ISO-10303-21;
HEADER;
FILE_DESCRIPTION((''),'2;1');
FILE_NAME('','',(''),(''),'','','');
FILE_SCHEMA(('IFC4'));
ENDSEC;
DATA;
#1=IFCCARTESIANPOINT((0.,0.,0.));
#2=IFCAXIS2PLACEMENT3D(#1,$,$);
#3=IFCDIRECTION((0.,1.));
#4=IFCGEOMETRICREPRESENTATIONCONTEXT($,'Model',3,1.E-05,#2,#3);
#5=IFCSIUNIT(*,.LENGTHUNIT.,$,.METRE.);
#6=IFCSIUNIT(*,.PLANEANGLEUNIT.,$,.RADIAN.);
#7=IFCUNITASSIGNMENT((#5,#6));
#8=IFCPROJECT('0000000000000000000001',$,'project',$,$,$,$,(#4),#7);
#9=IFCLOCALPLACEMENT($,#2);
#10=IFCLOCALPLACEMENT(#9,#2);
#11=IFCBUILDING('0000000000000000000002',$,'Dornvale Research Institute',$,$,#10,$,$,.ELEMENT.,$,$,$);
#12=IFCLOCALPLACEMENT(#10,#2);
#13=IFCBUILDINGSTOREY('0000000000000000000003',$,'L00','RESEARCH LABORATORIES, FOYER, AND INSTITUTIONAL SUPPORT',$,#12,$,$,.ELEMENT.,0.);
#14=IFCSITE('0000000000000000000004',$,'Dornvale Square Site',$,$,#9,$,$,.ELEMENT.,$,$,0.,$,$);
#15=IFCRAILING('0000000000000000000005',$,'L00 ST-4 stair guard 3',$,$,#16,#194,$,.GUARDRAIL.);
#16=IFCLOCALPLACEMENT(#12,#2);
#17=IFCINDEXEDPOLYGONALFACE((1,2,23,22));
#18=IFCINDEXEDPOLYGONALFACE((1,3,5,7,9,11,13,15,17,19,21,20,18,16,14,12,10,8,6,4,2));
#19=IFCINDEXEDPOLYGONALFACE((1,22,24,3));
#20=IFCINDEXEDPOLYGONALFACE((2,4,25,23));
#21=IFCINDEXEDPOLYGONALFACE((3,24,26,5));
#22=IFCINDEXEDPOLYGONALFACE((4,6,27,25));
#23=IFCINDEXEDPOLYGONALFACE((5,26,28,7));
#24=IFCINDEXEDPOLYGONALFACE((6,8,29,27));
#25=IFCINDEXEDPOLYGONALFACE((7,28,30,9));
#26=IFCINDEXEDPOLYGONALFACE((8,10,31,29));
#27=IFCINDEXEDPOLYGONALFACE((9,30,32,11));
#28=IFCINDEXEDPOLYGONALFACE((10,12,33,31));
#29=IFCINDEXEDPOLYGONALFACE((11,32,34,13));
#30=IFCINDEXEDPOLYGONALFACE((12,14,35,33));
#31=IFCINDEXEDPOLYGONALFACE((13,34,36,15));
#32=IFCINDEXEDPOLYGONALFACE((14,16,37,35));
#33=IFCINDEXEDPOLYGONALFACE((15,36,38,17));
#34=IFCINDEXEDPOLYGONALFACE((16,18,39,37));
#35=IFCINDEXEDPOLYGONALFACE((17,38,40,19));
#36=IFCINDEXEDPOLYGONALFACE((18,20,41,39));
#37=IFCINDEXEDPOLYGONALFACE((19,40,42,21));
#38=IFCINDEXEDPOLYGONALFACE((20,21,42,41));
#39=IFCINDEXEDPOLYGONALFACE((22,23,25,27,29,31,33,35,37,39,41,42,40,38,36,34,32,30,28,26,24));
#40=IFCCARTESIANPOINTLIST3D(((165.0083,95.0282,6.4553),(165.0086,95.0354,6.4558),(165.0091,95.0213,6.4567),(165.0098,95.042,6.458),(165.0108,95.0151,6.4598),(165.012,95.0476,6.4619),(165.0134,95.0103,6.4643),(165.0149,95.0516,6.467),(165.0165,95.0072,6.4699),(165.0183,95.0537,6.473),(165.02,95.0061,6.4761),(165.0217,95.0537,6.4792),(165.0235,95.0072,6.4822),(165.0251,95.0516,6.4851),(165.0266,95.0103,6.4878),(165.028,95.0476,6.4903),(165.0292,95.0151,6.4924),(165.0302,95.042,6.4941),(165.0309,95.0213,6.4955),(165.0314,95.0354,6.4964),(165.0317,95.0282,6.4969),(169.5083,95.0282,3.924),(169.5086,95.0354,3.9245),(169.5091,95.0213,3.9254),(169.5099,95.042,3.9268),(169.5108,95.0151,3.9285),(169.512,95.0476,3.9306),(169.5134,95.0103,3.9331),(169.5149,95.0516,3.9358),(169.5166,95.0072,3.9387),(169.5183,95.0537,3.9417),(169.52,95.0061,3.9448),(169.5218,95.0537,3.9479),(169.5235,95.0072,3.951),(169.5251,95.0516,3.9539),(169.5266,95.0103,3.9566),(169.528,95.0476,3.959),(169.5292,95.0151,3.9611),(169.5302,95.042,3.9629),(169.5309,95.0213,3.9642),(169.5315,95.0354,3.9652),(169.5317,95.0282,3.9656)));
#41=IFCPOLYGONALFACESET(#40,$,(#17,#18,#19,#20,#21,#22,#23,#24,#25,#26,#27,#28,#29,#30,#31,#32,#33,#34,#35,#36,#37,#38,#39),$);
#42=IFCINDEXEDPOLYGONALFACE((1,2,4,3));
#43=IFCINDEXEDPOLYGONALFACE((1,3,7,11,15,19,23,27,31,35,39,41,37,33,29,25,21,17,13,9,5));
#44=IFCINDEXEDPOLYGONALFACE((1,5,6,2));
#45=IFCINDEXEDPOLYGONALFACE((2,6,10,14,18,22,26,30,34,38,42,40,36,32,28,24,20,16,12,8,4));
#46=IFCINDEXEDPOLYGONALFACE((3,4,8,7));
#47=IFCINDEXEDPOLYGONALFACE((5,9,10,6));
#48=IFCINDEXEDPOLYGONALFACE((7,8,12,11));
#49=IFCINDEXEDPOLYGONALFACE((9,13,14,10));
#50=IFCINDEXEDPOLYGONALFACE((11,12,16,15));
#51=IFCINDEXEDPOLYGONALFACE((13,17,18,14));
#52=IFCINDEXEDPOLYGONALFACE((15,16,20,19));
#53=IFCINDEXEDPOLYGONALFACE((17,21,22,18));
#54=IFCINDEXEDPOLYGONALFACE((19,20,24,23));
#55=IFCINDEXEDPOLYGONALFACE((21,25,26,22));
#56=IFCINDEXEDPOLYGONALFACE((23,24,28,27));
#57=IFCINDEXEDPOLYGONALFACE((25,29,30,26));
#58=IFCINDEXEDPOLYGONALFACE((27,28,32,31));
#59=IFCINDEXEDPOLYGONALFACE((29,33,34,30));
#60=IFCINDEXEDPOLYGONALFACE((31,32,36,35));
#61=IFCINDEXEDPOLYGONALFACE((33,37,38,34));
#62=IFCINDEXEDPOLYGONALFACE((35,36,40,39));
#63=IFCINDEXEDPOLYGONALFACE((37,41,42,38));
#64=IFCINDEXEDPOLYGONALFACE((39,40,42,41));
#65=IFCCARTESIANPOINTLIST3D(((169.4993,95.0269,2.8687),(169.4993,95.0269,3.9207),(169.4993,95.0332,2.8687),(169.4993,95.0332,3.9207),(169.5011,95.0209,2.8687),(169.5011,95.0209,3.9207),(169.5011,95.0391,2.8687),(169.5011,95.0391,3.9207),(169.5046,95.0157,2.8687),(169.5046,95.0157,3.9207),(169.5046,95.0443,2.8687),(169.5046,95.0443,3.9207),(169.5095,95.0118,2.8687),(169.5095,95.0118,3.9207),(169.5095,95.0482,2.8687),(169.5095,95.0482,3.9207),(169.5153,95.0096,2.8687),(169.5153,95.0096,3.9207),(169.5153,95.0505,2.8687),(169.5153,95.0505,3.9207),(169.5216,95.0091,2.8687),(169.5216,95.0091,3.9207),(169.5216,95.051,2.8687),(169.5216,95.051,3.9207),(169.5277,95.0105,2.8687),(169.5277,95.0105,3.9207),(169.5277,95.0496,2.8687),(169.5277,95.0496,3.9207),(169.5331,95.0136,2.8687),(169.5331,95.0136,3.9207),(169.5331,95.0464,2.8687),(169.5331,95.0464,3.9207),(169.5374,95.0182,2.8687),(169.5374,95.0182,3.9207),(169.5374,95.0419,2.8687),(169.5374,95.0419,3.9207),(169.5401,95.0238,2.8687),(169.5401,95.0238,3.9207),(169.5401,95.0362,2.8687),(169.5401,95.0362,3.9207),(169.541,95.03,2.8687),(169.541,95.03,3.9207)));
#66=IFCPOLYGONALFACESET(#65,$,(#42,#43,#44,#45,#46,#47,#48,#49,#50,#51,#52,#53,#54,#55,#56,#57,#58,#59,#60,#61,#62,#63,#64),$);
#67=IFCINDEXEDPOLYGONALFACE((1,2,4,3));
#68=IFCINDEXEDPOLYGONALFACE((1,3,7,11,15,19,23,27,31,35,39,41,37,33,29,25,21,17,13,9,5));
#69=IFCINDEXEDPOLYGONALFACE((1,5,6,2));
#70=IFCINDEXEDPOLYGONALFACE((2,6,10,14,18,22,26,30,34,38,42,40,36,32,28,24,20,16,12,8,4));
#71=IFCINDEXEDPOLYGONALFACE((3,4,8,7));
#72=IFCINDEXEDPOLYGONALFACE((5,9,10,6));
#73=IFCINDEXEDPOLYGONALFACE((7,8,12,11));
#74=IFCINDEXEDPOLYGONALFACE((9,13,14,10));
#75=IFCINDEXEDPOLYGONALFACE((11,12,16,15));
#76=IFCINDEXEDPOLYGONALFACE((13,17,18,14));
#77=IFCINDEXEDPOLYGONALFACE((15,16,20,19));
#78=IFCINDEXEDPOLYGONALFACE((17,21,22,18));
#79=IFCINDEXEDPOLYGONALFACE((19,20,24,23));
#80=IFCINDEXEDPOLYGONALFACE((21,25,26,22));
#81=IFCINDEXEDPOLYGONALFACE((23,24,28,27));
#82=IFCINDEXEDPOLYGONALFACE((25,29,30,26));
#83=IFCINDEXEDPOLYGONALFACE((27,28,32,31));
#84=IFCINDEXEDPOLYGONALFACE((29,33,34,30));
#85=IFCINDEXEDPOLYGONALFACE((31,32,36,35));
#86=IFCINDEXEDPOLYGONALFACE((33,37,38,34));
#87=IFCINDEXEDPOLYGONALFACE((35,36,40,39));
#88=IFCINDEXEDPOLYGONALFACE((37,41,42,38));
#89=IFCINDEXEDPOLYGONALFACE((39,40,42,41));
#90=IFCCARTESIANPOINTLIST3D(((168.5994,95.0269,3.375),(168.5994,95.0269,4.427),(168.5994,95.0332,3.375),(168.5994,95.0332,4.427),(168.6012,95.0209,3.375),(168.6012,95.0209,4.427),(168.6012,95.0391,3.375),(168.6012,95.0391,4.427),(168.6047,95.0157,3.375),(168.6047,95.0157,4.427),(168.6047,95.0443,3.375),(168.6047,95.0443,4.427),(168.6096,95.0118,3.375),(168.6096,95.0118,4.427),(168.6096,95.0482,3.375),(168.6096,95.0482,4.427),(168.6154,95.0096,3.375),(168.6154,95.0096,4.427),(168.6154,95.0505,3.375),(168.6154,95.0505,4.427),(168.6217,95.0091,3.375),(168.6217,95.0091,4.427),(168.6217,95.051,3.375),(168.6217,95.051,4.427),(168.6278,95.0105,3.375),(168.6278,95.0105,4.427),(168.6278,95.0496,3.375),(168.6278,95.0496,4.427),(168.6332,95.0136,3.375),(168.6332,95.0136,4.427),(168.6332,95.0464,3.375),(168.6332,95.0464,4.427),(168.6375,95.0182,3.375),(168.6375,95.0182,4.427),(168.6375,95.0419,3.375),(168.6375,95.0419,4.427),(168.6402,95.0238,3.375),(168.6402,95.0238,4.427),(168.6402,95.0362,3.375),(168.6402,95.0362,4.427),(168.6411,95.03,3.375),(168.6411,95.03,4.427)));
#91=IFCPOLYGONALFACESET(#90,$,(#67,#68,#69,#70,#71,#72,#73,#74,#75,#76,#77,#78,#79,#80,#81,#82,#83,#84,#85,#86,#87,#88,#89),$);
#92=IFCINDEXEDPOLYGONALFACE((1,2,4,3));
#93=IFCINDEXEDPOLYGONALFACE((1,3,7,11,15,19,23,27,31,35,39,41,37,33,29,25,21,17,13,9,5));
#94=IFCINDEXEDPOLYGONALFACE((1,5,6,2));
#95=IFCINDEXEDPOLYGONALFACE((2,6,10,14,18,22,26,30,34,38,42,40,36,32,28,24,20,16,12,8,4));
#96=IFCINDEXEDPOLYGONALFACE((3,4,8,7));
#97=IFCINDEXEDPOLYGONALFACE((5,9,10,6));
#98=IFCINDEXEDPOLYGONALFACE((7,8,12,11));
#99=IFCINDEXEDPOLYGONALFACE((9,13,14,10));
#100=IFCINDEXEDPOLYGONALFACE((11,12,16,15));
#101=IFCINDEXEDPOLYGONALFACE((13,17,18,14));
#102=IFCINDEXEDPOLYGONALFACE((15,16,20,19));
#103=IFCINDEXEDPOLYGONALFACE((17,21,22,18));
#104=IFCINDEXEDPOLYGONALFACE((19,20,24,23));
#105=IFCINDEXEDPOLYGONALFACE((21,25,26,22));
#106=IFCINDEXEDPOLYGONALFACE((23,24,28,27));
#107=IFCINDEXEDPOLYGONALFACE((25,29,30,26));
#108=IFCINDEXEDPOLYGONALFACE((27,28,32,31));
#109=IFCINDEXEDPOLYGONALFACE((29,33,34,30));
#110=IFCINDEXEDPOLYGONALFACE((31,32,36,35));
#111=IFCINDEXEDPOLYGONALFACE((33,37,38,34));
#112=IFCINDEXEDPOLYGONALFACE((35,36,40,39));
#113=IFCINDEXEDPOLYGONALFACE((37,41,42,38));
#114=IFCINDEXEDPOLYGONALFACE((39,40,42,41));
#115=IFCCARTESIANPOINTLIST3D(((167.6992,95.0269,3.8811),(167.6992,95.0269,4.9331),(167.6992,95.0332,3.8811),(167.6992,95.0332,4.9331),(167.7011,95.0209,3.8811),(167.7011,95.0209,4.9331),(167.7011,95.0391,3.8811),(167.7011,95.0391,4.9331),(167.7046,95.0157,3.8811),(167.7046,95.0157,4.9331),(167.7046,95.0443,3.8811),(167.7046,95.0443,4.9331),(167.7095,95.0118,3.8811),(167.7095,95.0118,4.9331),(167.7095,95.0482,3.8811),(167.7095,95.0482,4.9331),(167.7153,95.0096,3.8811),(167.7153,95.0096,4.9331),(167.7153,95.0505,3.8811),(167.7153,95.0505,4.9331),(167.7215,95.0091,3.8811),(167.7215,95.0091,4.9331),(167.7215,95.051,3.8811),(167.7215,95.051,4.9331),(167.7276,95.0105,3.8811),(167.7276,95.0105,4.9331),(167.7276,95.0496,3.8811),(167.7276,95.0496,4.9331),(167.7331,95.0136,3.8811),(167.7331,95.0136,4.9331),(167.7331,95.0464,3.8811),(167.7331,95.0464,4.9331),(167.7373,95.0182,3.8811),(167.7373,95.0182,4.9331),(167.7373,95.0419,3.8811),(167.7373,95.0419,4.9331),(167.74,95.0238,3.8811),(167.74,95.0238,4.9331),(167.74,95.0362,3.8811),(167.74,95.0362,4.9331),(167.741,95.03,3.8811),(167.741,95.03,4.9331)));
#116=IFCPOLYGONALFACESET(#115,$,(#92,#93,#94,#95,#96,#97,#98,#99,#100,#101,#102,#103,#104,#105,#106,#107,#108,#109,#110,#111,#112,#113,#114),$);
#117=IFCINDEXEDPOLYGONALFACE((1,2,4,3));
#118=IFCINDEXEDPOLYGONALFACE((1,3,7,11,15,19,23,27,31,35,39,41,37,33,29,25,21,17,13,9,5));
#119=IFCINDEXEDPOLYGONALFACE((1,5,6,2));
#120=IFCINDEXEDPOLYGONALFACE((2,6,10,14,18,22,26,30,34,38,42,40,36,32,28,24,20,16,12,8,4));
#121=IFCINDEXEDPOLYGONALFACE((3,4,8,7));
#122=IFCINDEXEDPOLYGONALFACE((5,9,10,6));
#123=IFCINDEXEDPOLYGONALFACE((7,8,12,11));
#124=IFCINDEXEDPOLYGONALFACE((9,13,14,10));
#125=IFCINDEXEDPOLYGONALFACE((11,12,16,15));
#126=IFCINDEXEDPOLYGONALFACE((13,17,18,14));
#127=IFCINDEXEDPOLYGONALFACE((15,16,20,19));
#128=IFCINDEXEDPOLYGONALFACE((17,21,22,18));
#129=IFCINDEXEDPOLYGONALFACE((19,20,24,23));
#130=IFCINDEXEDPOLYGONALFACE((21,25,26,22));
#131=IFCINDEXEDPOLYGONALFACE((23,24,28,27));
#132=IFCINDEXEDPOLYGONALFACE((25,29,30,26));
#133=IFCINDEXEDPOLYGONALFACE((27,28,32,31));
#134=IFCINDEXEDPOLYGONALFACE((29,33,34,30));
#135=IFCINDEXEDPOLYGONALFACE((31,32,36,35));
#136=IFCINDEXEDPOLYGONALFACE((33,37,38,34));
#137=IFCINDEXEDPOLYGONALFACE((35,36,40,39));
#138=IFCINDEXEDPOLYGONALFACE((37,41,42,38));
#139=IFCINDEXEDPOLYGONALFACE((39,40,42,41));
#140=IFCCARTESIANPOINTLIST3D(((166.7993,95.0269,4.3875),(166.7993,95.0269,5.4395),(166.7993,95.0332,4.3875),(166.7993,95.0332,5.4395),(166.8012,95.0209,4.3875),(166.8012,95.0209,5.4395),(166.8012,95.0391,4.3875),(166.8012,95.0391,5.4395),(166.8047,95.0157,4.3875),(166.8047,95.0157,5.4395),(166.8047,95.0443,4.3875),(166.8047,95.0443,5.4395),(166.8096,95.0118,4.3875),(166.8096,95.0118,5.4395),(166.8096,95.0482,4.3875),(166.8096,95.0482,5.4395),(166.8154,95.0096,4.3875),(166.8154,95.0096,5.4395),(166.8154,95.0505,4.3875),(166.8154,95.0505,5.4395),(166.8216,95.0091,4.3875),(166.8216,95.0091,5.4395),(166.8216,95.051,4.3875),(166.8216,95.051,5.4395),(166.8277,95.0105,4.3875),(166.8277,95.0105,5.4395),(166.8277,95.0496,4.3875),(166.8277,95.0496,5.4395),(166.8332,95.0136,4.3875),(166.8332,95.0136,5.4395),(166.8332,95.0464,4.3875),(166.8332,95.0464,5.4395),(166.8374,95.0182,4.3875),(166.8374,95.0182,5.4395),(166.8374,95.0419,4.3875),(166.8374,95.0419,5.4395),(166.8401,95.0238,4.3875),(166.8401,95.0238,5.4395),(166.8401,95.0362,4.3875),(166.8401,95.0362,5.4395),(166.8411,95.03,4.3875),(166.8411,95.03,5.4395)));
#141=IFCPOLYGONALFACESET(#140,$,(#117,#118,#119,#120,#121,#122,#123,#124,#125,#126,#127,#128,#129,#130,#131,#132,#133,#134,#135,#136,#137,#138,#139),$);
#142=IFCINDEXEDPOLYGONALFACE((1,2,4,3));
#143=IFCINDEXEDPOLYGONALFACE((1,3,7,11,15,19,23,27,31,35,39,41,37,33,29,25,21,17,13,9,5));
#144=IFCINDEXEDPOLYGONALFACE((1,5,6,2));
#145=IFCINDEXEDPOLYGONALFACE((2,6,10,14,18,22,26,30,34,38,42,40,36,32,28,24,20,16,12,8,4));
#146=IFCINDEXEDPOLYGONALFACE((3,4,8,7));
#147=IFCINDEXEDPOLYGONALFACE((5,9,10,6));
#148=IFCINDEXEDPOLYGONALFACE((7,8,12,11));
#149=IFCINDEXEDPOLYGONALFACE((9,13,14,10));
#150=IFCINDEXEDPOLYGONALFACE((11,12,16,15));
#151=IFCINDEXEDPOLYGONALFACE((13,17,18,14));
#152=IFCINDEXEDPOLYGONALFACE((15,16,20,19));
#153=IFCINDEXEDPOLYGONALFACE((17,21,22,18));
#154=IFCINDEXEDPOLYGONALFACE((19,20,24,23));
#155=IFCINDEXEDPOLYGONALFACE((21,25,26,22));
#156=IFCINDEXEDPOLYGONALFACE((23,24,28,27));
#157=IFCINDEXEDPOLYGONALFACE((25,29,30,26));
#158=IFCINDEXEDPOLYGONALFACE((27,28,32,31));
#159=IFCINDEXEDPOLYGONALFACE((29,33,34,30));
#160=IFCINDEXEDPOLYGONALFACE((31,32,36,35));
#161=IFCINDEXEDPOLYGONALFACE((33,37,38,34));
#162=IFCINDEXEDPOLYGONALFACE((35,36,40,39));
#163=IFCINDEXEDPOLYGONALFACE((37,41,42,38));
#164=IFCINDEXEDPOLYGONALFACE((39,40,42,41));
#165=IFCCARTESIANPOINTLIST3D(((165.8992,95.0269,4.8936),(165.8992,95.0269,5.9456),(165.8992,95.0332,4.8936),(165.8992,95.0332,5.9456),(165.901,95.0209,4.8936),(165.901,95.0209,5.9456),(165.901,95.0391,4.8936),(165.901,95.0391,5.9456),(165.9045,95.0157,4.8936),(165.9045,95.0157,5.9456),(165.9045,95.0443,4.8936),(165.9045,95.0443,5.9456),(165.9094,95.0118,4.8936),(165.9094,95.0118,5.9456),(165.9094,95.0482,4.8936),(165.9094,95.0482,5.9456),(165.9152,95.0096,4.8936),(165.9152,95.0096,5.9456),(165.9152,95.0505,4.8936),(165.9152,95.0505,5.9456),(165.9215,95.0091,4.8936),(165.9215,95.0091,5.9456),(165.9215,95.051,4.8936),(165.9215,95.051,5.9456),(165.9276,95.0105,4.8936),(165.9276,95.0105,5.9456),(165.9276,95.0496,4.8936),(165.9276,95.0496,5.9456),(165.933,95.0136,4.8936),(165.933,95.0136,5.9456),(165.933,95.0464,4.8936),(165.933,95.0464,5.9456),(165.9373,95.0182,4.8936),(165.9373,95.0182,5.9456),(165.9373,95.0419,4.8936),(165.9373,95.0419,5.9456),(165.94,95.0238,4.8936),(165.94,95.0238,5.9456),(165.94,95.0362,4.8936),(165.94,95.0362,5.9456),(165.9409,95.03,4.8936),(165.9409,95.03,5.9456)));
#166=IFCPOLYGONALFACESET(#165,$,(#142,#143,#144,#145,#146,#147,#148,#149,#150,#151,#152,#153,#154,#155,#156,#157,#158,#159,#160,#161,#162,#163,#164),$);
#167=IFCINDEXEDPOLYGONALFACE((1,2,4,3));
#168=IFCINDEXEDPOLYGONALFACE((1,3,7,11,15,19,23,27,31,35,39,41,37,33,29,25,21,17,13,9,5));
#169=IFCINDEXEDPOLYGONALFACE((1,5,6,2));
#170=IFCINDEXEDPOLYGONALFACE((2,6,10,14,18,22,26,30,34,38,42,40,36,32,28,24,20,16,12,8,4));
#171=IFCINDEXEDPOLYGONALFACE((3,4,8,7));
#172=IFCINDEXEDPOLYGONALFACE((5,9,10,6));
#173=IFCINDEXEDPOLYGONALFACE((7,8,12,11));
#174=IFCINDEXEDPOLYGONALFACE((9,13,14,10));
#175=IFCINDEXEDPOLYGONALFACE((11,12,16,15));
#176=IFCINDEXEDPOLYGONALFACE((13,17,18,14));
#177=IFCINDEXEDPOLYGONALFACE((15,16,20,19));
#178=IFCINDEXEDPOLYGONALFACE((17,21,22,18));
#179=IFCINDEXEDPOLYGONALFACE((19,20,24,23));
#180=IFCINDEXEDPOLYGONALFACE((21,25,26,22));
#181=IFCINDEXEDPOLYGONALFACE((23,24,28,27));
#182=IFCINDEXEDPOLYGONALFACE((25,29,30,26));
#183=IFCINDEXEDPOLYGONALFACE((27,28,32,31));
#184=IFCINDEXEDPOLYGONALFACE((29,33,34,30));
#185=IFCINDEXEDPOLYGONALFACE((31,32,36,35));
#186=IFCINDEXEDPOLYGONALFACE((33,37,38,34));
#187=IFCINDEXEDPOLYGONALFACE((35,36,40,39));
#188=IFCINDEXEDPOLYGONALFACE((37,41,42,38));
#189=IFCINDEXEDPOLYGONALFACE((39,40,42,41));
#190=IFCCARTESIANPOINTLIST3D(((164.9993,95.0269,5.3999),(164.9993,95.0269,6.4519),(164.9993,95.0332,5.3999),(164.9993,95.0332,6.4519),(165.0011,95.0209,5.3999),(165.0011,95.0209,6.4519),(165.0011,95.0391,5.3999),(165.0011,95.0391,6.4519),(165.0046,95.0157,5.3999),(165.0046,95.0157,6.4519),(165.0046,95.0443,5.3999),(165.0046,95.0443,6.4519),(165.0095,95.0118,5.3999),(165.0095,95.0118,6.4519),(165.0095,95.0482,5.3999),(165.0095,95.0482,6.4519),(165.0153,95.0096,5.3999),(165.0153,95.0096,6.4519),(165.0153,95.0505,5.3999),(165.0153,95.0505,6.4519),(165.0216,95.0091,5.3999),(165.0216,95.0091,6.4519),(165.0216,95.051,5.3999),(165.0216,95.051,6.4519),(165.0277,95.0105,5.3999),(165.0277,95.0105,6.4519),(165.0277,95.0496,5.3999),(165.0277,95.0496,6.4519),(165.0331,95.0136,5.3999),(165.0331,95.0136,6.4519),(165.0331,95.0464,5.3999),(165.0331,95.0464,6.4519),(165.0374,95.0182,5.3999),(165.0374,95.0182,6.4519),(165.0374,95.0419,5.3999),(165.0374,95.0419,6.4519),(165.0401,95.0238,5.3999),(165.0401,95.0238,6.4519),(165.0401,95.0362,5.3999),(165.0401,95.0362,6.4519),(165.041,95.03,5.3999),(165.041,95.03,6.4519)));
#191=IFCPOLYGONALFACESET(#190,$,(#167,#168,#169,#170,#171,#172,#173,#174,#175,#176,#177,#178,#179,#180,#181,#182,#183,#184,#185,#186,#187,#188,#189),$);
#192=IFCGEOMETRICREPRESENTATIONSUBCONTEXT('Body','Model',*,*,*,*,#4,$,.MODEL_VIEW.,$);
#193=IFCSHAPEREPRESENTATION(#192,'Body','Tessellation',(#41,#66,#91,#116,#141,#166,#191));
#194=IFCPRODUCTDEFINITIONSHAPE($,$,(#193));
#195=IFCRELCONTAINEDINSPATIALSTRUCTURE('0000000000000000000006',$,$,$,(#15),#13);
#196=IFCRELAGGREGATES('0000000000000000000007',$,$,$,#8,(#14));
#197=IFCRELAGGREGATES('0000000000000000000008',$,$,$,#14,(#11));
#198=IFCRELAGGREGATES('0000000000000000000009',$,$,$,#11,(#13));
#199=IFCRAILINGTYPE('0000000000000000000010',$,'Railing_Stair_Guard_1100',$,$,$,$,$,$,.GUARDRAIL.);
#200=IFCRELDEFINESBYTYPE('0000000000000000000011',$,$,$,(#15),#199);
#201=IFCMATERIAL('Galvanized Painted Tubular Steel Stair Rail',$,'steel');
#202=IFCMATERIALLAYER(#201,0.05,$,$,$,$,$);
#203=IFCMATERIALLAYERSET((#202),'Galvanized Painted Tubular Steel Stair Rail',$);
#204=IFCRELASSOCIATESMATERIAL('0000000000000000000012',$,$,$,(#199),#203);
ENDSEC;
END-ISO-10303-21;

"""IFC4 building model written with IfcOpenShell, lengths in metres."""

from ifc_helpers import new_model, si_unit, direction, frame, origin, origin_2d, place, context, subcontext, project, spatial, circle, extrude, material, layer, layer_set, type_object, element, save


model = new_model("IFC4")

# Units and contexts
model_context = context("Model", 3, precision=1e-05, world=origin(), true_north=direction((0.0, 1.0)))
body_context = subcontext(model_context, "Body", "Model", "MODEL_VIEW")
ifc_project = project(units=[si_unit("LENGTHUNIT", "METRE"), si_unit("PLANEANGLEUNIT", "RADIAN")], contexts=[model_context])

# Site, building, storey
site_placement = place(None, origin())
site = spatial("IfcSite", under=ifc_project, at=site_placement, Name="Dornvale Square Site", CompositionType="ELEMENT", RefElevation=0.0)
building_placement = place(site_placement, origin())
building = spatial("IfcBuilding", under=site, at=building_placement, Name="Dornvale Research Institute", CompositionType="ELEMENT")
storey_placement = place(building_placement, origin())
storey = spatial("IfcBuildingStorey", under=building, at=storey_placement, Name="L00", Description="RESEARCH LABORATORIES, FOYER, AND INSTITUTIONAL SUPPORT", CompositionType="ELEMENT", Elevation=0.0)

# Railing
ifc_material_1 = material(Name="Galvanized Painted Tubular Steel Stair Rail", Category="steel")
ifc_layer_1 = layer(ifc_material_1, 0.05)
ifc_layer_set_1 = layer_set([ifc_layer_1], Name="Galvanized Painted Tubular Steel Stair Rail")
railing_type_1 = type_object("IfcRailingType", Name="Railing_Stair_Guard_1100", PredefinedType="GUARDRAIL", material=ifc_layer_set_1)
railing_1_placement = place(storey_placement, frame((169.52, 95.03, 2.8687)))
element("IfcRailing", 1, at=railing_1_placement, inside=storey, type_object=railing_type_1, Name="L00 ST-4 stair guard 3", PredefinedType="GUARDRAIL", context=body_context, shape_type="SweptSolid", body=[
    extrude(circle(Radius=0.0239, at=origin_2d()), frame((0.0, 0.0, 1.0762), z_axis=(-0.871576, 0.0, 0.490261), x_axis=(0.0, -1.0, 0.0)), (0.0, 0.0, 1.0), 5.1631),
    extrude(circle(Radius=0.021, at=origin_2d()), origin(), (0.0, 0.0, 1.0), 1.052),
    extrude(circle(Radius=0.021, at=origin_2d()), frame((-0.8999, 0.0, 0.5063)), (0.0, 0.0, 1.0), 1.052),
    extrude(circle(Radius=0.021, at=origin_2d()), frame((-1.8, 0.0, 1.0125)), (0.0, 0.0, 1.0), 1.052),
    extrude(circle(Radius=0.021, at=origin_2d()), frame((-2.7, 0.0, 1.5188)), (0.0, 0.0, 1.0), 1.052),
    extrude(circle(Radius=0.021, at=origin_2d()), frame((-3.6001, 0.0, 2.0249)), (0.0, 0.0, 1.0), 1.052),
    extrude(circle(Radius=0.021, at=origin_2d()), frame((-4.5, 0.0, 2.5312)), (0.0, 0.0, 1.0), 1.052),
])

save(model, "model.ifc")
